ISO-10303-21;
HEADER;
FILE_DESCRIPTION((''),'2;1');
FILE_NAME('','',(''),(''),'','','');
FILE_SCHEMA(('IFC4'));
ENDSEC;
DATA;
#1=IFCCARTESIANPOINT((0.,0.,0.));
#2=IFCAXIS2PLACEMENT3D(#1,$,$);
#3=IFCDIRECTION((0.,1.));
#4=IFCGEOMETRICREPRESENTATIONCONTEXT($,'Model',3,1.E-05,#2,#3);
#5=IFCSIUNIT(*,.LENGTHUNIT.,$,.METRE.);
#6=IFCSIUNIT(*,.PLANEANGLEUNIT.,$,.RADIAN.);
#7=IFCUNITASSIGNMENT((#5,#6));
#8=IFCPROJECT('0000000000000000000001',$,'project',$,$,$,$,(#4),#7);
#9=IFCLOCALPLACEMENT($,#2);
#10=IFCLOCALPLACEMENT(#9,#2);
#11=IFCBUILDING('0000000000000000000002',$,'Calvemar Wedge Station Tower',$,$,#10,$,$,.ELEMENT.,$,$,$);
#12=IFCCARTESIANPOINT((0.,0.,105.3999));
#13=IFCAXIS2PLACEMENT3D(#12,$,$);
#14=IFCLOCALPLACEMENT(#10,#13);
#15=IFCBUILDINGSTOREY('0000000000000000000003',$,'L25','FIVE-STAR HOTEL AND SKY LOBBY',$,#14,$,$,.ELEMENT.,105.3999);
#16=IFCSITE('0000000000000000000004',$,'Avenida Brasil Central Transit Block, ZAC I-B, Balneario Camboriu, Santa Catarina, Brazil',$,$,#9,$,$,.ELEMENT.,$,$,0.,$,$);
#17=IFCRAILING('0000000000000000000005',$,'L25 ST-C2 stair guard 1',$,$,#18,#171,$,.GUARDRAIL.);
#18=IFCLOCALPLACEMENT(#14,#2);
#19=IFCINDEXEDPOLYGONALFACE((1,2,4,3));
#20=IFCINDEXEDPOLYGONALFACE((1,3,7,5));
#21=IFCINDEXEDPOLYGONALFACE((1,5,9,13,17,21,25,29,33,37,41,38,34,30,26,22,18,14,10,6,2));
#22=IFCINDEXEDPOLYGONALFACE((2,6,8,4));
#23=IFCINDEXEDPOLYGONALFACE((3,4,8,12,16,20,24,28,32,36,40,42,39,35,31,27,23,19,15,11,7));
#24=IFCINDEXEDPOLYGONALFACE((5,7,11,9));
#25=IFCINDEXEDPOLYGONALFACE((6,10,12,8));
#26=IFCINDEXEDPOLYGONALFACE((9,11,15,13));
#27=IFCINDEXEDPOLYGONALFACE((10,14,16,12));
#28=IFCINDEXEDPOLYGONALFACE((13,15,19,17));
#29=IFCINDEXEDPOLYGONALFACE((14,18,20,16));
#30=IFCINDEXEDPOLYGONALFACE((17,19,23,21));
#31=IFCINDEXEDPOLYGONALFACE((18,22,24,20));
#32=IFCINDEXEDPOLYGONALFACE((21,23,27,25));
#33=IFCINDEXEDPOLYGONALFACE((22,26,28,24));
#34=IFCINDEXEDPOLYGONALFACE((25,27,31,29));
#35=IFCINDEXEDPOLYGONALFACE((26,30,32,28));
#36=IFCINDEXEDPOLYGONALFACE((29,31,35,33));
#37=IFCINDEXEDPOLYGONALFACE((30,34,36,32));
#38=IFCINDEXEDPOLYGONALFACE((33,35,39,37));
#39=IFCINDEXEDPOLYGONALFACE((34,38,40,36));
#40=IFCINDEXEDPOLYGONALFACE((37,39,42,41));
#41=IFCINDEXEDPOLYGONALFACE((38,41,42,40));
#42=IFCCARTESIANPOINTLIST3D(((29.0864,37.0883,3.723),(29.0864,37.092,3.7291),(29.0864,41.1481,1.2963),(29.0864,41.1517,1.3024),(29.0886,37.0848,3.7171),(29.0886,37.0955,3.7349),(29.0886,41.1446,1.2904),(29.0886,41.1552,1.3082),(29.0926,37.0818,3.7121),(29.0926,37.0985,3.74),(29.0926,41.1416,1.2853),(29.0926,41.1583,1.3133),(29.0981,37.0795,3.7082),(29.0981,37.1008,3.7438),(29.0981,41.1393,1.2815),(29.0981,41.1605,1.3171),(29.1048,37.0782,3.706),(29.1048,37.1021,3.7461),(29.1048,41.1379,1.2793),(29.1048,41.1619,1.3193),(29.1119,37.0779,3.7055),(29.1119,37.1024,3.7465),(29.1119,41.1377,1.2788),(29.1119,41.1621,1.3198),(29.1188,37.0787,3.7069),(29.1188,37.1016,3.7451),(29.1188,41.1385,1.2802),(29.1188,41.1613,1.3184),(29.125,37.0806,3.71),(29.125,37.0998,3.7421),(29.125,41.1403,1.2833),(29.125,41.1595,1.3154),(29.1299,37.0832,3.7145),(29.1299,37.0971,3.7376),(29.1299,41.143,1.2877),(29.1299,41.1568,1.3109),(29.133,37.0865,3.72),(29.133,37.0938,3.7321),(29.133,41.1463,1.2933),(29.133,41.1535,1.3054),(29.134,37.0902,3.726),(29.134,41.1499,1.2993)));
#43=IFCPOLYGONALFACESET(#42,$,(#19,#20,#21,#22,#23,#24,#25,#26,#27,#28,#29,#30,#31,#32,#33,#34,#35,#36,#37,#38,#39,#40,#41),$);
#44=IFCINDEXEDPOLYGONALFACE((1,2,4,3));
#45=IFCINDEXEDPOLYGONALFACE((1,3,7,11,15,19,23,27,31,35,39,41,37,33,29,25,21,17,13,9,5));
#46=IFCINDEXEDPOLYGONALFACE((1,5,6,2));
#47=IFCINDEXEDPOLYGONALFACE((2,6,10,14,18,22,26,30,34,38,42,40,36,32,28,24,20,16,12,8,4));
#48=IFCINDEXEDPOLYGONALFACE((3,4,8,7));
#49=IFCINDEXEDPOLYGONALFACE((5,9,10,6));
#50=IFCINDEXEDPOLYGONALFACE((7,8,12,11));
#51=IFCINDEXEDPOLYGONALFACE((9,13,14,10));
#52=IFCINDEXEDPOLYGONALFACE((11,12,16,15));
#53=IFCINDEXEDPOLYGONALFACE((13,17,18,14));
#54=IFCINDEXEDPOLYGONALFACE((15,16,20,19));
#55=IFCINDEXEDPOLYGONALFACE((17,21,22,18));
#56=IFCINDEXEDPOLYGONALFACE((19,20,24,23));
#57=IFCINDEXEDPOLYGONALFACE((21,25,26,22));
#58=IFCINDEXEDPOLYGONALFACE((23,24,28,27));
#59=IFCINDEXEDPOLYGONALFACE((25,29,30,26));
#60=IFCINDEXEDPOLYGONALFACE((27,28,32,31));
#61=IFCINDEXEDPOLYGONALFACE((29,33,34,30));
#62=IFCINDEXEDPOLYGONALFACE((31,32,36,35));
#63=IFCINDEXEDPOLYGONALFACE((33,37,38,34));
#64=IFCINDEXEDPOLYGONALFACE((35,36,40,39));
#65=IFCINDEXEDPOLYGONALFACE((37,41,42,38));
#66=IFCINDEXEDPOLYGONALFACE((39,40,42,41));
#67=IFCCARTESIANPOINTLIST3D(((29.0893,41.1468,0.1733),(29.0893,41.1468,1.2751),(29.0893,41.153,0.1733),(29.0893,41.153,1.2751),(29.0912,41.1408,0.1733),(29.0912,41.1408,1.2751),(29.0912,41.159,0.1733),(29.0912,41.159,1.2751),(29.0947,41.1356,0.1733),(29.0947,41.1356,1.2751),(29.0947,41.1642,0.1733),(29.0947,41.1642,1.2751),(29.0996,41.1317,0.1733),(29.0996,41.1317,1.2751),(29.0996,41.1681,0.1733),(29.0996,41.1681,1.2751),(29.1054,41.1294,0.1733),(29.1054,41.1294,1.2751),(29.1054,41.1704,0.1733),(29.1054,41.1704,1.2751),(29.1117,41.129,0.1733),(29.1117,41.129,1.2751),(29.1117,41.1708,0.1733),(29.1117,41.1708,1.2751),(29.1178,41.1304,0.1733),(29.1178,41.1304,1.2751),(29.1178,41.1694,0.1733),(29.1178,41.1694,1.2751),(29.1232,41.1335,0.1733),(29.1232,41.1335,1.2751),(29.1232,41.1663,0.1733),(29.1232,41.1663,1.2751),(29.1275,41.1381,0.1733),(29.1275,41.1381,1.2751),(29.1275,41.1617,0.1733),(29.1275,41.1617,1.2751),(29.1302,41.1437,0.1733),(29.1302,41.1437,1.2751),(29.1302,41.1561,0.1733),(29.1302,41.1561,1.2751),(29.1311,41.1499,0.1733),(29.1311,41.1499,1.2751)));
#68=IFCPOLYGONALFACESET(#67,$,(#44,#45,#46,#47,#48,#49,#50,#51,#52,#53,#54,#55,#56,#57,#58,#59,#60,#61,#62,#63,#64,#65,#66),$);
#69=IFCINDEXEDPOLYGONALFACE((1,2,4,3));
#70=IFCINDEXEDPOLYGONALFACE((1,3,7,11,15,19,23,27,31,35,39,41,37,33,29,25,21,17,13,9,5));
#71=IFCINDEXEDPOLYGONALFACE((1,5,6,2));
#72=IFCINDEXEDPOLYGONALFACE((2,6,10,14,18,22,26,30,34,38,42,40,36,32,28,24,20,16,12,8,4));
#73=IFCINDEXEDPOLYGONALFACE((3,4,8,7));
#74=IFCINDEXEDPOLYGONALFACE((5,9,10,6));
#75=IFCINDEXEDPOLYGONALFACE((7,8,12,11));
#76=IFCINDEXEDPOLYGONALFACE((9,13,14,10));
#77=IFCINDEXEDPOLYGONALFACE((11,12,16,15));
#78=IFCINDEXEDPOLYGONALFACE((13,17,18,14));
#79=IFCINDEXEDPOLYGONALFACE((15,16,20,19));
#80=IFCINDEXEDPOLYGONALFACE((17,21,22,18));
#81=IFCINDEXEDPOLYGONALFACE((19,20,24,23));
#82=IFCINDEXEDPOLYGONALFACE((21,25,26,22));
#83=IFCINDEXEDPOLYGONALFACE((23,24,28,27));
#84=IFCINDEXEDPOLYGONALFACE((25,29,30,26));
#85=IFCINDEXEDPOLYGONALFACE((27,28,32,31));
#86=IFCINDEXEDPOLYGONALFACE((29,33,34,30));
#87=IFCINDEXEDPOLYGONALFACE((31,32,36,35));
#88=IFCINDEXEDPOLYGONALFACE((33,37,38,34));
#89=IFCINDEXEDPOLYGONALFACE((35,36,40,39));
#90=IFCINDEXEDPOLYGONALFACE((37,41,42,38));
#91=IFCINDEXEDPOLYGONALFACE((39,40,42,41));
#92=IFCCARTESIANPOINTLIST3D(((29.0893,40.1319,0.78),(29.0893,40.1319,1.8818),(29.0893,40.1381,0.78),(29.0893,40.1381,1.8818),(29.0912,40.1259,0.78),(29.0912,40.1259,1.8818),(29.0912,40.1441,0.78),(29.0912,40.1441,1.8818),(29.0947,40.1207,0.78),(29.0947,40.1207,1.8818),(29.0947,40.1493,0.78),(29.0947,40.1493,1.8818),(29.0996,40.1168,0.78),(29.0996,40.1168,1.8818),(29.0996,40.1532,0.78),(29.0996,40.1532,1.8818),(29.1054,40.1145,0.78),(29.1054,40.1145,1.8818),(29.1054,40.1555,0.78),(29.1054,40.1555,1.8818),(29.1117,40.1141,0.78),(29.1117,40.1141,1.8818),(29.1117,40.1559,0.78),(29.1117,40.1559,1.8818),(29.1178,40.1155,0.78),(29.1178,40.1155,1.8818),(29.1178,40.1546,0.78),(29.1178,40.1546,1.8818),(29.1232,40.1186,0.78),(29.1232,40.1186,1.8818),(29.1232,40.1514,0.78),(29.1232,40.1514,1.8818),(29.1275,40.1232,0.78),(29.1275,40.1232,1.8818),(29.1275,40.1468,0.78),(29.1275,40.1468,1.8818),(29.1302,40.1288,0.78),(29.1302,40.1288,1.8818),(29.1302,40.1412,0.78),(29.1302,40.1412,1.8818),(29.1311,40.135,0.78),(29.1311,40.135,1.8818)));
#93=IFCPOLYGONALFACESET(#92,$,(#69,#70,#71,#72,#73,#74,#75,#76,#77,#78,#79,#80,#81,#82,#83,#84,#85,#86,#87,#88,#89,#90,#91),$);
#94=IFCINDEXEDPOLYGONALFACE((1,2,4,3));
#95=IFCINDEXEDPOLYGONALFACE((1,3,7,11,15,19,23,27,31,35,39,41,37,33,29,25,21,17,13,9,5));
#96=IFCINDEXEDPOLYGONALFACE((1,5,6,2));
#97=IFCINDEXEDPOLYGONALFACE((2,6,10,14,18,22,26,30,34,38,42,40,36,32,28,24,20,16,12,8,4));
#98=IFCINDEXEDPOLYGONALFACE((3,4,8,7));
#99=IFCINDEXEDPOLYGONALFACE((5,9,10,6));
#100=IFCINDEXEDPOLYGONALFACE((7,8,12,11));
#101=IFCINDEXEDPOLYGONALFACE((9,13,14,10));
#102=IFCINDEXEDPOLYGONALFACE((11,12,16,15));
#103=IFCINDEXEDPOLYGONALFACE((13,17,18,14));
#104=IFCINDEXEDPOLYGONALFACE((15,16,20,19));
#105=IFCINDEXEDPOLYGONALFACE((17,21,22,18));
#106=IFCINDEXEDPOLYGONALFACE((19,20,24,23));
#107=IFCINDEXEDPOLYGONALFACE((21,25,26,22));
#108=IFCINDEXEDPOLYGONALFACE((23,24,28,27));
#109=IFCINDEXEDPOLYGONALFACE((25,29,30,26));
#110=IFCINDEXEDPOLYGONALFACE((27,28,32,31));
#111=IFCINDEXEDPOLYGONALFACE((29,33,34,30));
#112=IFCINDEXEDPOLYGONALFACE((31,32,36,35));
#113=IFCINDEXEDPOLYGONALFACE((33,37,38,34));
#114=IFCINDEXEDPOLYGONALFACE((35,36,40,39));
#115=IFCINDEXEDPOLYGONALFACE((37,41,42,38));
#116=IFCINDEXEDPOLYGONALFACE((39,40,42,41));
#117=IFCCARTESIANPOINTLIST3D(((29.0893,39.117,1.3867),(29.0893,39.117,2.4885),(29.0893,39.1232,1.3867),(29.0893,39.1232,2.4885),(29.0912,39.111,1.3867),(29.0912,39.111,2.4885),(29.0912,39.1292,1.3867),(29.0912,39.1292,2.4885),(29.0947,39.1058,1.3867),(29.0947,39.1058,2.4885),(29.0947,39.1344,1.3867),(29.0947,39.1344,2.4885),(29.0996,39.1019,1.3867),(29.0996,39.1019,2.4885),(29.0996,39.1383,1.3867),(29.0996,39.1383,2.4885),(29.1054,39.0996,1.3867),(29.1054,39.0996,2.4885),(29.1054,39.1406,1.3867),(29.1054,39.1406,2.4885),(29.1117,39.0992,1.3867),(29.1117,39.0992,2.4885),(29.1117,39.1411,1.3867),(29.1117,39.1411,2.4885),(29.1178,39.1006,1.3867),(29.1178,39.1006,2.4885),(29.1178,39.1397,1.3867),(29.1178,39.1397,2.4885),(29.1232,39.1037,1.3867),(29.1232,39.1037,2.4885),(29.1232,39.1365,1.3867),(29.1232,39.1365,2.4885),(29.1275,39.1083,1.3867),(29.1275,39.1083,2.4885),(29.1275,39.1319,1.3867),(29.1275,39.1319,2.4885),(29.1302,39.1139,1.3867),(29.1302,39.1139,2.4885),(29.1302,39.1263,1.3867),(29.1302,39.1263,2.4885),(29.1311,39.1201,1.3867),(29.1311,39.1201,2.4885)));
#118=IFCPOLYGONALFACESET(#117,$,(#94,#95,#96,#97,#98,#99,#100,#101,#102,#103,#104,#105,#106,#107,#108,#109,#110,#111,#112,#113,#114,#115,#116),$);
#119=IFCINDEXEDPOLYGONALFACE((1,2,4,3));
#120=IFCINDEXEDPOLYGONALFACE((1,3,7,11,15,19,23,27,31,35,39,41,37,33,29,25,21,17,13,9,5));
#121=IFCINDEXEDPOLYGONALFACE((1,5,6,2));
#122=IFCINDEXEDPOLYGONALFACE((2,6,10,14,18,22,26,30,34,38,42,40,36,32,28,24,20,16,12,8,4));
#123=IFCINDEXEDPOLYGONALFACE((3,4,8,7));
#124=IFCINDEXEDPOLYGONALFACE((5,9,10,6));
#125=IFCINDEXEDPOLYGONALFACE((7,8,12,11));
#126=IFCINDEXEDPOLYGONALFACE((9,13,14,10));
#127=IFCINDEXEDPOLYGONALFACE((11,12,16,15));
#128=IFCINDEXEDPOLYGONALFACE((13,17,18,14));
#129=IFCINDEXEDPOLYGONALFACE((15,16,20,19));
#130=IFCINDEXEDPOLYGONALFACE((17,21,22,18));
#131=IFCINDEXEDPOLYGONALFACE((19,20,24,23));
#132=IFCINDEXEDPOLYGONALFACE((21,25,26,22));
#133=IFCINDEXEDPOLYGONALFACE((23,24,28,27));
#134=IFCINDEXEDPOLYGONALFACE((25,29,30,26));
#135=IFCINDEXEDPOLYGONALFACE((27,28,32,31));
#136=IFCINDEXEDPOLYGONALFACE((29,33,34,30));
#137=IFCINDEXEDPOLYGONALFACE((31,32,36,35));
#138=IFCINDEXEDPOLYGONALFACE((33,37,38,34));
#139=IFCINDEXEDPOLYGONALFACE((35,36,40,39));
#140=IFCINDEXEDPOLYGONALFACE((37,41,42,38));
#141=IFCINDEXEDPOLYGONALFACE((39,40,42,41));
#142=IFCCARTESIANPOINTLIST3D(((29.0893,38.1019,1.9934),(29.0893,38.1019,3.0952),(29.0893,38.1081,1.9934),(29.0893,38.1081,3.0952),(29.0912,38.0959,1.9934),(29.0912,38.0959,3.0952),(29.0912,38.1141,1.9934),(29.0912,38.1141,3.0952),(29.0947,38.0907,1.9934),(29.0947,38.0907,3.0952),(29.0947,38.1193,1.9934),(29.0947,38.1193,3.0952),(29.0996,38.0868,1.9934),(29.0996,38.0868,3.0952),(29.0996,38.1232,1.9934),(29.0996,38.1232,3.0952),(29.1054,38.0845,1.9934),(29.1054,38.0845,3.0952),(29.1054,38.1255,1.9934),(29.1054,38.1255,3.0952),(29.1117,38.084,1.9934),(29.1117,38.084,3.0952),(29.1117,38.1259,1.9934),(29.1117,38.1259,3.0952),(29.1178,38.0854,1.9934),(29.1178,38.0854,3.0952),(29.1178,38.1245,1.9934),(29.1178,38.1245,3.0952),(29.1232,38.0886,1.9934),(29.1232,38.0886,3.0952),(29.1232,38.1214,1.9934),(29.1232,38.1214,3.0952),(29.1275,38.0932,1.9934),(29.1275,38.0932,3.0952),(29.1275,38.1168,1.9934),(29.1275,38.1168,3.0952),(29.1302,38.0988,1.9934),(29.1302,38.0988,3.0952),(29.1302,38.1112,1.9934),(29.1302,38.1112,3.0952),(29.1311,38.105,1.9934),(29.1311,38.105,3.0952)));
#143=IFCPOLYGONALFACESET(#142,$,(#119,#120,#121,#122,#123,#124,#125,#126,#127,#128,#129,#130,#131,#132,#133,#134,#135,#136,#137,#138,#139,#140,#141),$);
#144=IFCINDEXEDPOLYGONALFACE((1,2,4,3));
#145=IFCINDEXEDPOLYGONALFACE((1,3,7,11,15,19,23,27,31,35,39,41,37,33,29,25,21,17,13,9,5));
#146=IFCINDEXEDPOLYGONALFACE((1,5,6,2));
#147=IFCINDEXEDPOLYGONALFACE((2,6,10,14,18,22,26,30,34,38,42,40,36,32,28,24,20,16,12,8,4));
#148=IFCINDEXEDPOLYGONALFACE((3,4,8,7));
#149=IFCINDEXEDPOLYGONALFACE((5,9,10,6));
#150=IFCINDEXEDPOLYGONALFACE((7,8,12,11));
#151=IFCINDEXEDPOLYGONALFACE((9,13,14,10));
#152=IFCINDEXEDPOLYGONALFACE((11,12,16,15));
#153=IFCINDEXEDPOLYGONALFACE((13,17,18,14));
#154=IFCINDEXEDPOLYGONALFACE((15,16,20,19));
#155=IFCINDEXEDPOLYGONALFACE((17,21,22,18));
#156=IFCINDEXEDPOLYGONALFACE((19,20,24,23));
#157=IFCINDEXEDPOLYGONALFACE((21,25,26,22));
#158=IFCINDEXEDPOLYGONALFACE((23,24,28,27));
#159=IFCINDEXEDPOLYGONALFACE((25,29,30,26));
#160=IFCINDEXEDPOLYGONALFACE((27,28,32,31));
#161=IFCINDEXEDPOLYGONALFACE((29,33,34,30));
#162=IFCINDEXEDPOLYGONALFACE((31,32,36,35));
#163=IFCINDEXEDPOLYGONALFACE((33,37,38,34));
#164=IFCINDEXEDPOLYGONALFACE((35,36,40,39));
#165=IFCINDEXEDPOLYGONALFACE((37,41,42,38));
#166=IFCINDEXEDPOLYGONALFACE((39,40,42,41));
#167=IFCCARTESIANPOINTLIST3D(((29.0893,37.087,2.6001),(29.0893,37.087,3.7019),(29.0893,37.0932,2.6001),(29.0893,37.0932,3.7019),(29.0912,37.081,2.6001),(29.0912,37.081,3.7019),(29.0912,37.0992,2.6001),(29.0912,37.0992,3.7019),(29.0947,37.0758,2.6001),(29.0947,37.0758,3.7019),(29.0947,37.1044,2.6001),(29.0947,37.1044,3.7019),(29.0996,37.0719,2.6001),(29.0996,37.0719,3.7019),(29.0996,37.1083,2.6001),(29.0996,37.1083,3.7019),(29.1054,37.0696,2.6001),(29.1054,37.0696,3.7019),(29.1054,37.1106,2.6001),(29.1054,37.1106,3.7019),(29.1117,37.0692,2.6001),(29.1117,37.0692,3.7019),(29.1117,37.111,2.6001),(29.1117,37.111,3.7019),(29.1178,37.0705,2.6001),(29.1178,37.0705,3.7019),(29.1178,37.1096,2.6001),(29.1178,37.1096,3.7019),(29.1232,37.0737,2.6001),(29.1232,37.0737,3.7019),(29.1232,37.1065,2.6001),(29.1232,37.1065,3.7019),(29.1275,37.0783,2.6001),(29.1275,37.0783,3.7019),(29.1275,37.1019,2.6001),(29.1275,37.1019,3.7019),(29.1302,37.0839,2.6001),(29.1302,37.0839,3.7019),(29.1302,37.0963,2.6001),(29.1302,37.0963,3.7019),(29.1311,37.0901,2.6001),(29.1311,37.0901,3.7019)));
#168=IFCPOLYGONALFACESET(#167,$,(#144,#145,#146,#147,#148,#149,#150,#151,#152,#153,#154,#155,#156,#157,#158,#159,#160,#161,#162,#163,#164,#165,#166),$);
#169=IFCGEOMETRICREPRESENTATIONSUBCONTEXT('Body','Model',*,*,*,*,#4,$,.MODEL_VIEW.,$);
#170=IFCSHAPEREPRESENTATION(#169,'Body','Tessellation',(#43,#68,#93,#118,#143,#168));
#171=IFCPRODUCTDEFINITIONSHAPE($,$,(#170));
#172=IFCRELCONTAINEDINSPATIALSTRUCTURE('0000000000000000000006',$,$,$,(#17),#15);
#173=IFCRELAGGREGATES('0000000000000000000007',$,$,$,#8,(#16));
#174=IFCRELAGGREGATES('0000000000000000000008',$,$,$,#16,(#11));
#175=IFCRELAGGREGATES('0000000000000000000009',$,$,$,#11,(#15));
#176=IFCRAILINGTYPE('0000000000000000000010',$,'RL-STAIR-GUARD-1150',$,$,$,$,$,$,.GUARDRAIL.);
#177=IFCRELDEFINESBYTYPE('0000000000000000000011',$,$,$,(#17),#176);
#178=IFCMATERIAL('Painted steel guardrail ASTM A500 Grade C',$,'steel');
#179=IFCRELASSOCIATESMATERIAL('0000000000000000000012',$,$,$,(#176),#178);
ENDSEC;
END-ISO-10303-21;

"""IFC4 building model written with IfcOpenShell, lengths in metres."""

from ifc_helpers import new_model, si_unit, direction, frame, origin, origin_2d, place, context, subcontext, project, spatial, circle, extrude, material, type_object, element, save


model = new_model("IFC4")

# Units and contexts
model_context = context("Model", 3, precision=1e-05, world=origin(), true_north=direction((0.0, 1.0)))
body_context = subcontext(model_context, "Body", "Model", "MODEL_VIEW")
ifc_project = project(units=[si_unit("LENGTHUNIT", "METRE"), si_unit("PLANEANGLEUNIT", "RADIAN")], contexts=[model_context])

# Site, building, storey
site_placement = place(None, origin())
site = spatial("IfcSite", under=ifc_project, at=site_placement, Name="Avenida Brasil Central Transit Block, ZAC I-B, Balneario Camboriu, Santa Catarina, Brazil", CompositionType="ELEMENT", RefElevation=0.0)
building_placement = place(site_placement, origin())
building = spatial("IfcBuilding", under=site, at=building_placement, Name="Calvemar Wedge Station Tower", CompositionType="ELEMENT")
storey_placement = place(building_placement, frame((0.0, 0.0, 105.3999)))
storey = spatial("IfcBuildingStorey", under=building, at=storey_placement, Name="L25", Description="FIVE-STAR HOTEL AND SKY LOBBY", CompositionType="ELEMENT", Elevation=105.3999)

# Railing
ifc_material_1 = material(Name="Painted steel guardrail ASTM A500 Grade C", Category="steel")
railing_type_1 = type_object("IfcRailingType", Name="RL-STAIR-GUARD-1150", PredefinedType="GUARDRAIL", material=ifc_material_1)
railing_1_placement = place(storey_placement, frame((29.1101, 41.1499, 0.1733)))
element("IfcRailing", 1, at=railing_1_placement, inside=storey, type_object=railing_type_1, Name="L25 ST-C2 stair guard 1", PredefinedType="GUARDRAIL", context=body_context, shape_type="SweptSolid", body=[
    extrude(circle(Radius=0.0239, at=origin_2d()), frame((0.0, 0.0, 1.126), z_axis=(0.0, -0.858343, 0.513076), x_axis=(1.0, 0.0, 0.0)), (0.0, 0.0, 1.0), 4.7297),
    extrude(circle(Radius=0.021, at=origin_2d()), origin(), (0.0, 0.0, 1.0), 1.1018),
    extrude(circle(Radius=0.021, at=origin_2d()), frame((0.0, -1.0149, 0.6067)), (0.0, 0.0, 1.0), 1.1018),
    extrude(circle(Radius=0.021, at=origin_2d()), frame((0.0, -2.0298, 1.2134)), (0.0, 0.0, 1.0), 1.1018),
    extrude(circle(Radius=0.021, at=origin_2d()), frame((0.0, -3.0449, 1.8201)), (0.0, 0.0, 1.0), 1.1018),
    extrude(circle(Radius=0.021, at=origin_2d()), frame((0.0, -4.0598, 2.4268)), (0.0, 0.0, 1.0), 1.1018),
])

save(model, "model.ifc")
